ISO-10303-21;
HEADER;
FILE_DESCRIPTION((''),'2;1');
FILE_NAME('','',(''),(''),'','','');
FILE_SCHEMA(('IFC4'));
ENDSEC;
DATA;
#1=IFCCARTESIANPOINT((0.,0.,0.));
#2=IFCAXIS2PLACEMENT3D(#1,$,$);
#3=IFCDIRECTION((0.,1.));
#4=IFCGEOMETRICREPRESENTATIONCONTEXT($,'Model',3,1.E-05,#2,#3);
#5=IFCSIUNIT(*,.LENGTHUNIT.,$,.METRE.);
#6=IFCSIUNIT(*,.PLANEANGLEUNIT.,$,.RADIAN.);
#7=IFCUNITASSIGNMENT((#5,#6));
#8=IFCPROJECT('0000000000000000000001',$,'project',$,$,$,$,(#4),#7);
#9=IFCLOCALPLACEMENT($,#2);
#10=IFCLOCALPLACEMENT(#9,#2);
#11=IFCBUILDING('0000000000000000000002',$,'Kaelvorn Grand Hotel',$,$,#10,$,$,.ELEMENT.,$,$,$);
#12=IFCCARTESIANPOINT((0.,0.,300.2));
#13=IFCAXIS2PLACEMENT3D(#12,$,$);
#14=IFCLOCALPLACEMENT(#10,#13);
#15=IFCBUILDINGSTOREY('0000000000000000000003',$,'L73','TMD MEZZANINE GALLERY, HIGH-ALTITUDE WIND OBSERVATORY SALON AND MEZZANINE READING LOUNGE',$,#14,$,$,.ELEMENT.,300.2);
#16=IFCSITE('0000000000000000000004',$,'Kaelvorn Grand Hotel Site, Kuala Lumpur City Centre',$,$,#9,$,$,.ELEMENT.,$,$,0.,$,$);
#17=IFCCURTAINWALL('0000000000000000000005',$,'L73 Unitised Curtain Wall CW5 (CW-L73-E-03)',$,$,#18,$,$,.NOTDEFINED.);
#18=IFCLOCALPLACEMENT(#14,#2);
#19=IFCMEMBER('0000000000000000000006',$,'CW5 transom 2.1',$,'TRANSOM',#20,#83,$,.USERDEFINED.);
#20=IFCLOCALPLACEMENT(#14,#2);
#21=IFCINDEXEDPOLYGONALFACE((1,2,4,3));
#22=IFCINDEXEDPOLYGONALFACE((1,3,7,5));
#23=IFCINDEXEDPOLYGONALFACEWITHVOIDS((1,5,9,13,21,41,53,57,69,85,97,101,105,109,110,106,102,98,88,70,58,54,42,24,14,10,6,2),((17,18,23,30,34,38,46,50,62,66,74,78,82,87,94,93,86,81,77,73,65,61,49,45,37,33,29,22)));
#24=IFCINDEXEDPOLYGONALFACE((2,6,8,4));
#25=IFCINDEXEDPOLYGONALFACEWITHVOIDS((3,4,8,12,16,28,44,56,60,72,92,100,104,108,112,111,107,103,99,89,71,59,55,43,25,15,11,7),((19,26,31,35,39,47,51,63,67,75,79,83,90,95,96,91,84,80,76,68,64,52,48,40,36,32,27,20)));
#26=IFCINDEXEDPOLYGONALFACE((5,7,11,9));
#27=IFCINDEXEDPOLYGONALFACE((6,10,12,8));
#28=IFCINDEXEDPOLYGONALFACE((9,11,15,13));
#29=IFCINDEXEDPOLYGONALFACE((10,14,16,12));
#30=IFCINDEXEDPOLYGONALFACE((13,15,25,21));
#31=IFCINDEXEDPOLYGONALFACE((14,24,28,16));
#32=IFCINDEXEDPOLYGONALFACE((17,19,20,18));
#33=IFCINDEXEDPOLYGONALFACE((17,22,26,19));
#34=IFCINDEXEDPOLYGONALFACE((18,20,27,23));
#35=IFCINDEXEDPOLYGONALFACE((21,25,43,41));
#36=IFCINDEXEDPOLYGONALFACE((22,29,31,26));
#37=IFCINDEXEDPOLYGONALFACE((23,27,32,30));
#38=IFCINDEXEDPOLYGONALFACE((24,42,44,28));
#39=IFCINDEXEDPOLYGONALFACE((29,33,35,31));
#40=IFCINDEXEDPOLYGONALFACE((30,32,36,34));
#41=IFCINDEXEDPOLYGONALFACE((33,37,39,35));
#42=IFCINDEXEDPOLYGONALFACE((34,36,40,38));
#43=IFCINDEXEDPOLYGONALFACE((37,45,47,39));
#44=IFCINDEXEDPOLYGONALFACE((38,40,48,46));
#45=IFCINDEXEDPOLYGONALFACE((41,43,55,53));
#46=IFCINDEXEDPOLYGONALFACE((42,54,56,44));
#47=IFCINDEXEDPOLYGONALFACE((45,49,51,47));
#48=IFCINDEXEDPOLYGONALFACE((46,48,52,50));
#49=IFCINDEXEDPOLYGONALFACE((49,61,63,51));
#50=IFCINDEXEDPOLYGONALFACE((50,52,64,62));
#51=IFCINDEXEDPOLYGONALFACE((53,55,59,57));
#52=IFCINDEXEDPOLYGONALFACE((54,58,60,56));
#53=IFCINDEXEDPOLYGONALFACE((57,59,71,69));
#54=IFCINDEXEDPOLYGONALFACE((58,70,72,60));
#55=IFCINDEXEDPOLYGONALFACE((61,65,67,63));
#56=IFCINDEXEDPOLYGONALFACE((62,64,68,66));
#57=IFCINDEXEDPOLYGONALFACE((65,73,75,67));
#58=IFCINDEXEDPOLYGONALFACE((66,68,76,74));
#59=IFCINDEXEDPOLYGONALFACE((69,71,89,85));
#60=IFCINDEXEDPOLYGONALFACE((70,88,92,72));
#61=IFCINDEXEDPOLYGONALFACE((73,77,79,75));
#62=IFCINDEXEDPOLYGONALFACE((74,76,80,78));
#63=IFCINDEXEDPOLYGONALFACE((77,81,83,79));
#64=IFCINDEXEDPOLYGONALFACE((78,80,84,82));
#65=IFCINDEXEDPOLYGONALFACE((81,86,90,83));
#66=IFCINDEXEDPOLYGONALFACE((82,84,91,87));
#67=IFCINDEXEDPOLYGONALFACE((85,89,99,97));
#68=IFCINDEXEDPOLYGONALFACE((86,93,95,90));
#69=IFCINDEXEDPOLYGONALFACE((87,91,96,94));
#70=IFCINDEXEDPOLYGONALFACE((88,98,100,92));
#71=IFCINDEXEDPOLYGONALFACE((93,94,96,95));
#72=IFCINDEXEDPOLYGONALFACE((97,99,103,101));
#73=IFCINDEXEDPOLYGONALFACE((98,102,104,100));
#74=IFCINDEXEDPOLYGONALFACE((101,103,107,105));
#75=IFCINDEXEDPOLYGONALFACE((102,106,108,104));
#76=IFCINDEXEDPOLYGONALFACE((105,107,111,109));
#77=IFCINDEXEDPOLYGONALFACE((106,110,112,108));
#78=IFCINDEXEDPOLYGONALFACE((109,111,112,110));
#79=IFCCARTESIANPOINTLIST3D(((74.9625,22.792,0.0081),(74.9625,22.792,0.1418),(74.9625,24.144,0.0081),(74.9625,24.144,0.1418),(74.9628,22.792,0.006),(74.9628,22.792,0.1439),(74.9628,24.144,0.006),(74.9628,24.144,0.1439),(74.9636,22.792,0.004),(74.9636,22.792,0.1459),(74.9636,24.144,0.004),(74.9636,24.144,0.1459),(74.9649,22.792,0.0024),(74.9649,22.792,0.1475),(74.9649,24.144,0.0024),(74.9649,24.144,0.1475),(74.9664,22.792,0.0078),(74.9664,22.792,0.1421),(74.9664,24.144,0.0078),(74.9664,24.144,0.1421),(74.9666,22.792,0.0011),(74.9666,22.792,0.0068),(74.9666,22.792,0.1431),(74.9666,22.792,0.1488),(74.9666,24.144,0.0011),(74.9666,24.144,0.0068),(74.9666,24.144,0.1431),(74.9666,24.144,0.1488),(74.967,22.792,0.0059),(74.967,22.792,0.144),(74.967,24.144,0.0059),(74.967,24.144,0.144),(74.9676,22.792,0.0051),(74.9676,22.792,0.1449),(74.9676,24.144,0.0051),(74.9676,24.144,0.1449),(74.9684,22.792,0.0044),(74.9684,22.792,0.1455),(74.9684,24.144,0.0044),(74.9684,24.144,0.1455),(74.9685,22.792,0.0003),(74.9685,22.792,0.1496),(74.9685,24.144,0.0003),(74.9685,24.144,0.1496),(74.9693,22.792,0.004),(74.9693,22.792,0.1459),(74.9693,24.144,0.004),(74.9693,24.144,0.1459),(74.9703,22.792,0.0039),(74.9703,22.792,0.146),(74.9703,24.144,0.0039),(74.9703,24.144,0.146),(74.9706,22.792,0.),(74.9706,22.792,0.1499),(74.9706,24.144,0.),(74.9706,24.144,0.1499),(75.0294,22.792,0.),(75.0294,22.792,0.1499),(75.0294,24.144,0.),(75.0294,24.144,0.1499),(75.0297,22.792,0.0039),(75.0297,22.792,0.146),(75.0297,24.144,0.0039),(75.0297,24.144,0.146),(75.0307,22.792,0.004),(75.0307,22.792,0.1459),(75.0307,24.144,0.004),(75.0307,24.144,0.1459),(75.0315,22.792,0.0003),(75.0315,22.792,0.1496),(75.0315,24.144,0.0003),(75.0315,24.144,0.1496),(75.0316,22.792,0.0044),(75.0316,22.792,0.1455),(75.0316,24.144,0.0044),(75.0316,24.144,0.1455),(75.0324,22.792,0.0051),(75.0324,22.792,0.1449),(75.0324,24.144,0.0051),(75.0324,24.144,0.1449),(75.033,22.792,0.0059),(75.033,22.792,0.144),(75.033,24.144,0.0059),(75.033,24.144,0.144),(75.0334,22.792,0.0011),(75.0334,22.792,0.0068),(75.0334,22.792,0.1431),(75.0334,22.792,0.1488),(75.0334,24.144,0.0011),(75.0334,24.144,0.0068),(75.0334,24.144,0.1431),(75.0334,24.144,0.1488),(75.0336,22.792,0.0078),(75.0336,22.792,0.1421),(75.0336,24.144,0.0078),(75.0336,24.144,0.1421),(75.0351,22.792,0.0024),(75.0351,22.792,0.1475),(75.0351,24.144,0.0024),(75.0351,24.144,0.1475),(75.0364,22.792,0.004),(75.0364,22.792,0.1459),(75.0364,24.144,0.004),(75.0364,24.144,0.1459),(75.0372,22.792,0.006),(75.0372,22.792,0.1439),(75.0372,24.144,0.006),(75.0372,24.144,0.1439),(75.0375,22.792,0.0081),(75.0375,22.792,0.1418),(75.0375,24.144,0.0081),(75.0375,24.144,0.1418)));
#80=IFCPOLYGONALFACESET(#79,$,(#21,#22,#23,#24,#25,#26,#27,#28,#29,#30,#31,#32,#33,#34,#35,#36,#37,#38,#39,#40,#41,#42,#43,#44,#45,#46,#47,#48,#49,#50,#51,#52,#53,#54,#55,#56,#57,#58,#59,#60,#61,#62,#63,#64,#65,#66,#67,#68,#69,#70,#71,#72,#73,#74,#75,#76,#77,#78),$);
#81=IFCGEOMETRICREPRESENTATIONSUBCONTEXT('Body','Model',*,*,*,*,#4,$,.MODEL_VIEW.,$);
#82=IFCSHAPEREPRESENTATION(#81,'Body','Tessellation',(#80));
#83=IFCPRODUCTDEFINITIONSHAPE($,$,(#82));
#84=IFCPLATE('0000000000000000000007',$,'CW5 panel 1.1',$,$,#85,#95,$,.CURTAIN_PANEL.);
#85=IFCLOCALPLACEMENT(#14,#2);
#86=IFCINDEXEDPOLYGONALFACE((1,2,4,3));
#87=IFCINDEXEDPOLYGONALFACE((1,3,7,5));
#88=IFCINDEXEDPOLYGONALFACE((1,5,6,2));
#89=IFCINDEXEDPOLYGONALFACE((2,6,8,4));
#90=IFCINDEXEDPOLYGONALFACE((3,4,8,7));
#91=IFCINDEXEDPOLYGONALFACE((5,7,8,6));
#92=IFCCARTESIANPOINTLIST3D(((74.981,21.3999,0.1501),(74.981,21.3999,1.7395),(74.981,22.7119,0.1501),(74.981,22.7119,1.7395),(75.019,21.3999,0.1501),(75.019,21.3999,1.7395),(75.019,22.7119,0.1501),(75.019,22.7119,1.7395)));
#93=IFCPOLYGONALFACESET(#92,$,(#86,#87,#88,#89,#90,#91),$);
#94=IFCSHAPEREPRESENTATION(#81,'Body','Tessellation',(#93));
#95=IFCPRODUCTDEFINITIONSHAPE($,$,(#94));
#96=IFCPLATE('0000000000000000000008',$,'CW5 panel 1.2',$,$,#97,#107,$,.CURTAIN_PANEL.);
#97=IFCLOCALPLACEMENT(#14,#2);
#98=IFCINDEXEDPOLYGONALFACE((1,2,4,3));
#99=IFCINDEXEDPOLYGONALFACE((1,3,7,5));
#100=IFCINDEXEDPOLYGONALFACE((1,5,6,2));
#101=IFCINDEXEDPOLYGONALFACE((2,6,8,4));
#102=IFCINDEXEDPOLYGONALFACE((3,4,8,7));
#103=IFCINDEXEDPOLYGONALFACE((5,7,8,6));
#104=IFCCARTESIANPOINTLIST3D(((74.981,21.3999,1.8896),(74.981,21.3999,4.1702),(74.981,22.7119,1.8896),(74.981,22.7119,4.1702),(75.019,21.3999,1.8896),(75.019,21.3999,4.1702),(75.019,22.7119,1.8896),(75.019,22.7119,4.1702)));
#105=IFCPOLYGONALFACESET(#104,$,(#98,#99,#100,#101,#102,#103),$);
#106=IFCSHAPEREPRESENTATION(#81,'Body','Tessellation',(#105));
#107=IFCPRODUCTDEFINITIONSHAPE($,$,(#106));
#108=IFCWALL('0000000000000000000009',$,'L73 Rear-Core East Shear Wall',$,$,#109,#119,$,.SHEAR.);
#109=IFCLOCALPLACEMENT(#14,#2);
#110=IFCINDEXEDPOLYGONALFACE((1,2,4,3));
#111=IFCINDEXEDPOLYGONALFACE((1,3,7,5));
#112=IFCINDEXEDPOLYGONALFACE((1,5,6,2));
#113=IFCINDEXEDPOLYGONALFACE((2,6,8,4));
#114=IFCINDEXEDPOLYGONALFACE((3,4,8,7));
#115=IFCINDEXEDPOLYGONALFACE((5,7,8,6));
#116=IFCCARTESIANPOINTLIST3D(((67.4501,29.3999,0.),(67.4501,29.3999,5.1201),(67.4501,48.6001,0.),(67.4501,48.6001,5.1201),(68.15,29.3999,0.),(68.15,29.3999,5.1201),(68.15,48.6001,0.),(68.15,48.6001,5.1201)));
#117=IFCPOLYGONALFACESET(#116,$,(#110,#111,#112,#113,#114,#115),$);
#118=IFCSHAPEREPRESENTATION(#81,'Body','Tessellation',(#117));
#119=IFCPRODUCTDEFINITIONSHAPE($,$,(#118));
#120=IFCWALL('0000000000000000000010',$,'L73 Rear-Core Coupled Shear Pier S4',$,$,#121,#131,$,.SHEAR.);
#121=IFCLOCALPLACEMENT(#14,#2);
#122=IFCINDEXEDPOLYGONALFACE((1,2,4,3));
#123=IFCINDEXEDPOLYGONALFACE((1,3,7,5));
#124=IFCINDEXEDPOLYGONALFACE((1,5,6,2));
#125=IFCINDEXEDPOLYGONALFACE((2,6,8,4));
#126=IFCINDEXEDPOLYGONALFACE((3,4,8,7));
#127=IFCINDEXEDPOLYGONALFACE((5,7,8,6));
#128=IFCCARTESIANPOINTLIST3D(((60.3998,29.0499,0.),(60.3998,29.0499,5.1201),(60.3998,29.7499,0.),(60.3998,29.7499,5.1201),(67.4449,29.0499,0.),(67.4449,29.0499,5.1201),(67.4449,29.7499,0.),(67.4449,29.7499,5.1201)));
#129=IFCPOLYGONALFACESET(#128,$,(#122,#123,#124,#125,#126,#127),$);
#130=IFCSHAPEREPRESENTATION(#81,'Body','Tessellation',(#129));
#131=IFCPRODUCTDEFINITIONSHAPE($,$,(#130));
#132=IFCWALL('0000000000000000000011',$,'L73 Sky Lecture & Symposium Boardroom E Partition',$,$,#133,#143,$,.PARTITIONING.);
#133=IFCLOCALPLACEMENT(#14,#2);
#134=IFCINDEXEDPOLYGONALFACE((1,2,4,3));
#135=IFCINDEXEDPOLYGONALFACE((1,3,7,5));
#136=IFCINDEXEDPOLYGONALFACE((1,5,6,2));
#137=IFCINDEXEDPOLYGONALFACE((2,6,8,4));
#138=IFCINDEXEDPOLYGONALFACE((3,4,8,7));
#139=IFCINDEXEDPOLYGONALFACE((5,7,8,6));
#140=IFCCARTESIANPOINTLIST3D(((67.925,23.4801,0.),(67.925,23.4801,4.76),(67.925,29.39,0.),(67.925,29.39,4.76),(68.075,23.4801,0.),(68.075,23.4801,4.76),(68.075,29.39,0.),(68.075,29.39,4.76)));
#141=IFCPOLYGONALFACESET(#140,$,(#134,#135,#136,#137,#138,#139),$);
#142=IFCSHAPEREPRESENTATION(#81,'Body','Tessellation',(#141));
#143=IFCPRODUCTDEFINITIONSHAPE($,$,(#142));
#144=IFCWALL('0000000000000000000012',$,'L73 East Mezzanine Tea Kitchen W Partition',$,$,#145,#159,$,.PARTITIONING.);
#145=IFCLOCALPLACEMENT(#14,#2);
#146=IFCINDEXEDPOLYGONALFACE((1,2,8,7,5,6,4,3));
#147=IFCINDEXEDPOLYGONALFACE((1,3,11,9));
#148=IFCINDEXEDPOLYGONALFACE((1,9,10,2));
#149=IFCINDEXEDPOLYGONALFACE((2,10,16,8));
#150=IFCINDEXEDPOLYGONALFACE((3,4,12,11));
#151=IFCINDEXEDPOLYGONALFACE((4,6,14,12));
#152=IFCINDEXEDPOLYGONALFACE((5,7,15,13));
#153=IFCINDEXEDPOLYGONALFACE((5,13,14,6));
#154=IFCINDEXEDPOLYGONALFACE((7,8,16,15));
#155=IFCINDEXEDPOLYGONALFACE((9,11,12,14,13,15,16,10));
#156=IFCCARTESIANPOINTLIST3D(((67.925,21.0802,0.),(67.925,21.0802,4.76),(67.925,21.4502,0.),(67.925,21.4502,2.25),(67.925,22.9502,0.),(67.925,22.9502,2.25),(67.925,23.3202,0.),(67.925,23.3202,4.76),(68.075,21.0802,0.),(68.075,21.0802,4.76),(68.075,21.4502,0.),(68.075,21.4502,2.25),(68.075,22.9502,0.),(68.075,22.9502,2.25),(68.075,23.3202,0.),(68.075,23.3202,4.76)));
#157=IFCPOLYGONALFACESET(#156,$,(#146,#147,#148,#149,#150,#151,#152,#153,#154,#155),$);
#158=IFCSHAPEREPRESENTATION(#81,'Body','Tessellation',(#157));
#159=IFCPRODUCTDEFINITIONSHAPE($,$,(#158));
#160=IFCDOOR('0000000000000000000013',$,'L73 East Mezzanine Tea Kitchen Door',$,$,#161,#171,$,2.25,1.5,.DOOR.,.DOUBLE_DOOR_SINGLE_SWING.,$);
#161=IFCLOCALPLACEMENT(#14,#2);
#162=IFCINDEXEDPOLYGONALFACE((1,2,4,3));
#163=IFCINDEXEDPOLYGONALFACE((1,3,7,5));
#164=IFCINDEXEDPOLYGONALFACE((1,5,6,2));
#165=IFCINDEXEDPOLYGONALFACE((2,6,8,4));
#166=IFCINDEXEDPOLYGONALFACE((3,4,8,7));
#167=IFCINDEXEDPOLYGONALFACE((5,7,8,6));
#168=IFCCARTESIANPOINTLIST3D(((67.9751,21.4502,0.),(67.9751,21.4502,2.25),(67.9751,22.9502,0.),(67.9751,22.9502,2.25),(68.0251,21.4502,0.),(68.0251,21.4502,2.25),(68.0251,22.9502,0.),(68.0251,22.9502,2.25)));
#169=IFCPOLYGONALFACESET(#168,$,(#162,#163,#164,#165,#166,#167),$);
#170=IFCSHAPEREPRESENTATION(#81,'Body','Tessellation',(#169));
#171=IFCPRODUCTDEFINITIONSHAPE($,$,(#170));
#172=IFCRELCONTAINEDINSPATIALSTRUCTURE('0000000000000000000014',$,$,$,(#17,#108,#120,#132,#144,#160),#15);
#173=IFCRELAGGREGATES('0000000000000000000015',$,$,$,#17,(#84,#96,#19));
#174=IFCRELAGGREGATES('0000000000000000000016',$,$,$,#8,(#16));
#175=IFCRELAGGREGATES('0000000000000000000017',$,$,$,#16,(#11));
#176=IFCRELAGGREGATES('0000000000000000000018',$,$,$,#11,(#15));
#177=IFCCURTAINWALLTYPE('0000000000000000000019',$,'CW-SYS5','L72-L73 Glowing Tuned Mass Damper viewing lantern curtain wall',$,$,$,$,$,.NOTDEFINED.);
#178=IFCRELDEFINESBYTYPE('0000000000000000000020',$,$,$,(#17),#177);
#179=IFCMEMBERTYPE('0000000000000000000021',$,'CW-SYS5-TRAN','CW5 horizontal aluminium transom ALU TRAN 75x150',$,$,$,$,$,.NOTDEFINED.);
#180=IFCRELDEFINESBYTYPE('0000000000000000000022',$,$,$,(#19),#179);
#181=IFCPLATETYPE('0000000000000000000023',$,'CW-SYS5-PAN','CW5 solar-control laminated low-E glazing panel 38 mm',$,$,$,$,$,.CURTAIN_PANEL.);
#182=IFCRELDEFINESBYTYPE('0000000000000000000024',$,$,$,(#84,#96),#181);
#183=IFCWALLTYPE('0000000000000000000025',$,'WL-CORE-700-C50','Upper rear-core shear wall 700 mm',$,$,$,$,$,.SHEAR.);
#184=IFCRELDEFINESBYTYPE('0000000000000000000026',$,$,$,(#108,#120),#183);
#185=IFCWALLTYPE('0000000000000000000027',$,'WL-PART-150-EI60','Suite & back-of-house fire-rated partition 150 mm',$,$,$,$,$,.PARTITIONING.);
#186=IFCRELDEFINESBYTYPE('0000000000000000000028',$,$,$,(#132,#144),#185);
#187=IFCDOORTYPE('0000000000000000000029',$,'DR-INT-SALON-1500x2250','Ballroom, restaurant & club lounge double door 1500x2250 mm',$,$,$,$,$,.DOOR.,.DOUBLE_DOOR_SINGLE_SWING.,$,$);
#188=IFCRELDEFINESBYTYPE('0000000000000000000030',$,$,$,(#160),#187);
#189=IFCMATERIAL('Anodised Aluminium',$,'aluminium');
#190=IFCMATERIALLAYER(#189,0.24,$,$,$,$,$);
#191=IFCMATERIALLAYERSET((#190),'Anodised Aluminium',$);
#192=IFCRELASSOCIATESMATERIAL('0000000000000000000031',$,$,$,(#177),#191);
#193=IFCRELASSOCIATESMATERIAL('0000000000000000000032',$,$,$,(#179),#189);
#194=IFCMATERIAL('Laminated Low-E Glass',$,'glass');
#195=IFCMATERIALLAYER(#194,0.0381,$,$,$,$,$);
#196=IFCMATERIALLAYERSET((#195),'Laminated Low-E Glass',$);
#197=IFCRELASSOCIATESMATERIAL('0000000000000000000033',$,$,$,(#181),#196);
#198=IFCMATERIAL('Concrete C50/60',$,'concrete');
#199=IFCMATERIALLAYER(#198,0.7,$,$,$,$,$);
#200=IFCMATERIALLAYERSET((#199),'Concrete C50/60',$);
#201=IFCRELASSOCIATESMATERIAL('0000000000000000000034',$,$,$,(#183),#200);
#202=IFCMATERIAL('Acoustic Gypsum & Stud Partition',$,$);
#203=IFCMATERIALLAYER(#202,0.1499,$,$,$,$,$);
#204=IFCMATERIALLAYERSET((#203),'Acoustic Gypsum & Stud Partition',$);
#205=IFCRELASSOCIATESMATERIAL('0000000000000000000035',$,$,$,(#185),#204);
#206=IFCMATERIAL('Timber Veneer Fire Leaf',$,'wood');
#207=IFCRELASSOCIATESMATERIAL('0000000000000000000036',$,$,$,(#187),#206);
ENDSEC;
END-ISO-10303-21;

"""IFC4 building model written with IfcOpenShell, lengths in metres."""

from ifc_helpers import new_model, si_unit, direction, frame, frame_2d, origin, origin_2d, place, context, subcontext, project, spatial, rectangle, hollow_rectangle, extrude, material, layer, layer_set, material_profile, profile_set, type_object, element, fill, aggregate, save


model = new_model("IFC4")

# Units and contexts
model_context = context("Model", 3, precision=1e-05, world=origin(), true_north=direction((0.0, 1.0)))
body_context = subcontext(model_context, "Body", "Model", "MODEL_VIEW")
ifc_project = project(units=[si_unit("LENGTHUNIT", "METRE"), si_unit("PLANEANGLEUNIT", "RADIAN")], contexts=[model_context])

# Site, building, storey
site_placement = place(None, origin())
site = spatial("IfcSite", under=ifc_project, at=site_placement, Name="Kaelvorn Grand Hotel Site, Kuala Lumpur City Centre", CompositionType="ELEMENT", RefElevation=0.0)
building_placement = place(site_placement, origin())
building = spatial("IfcBuilding", under=site, at=building_placement, Name="Kaelvorn Grand Hotel", CompositionType="ELEMENT")
storey_placement = place(building_placement, frame((0.0, 0.0, 300.2)))
storey = spatial("IfcBuildingStorey", under=building, at=storey_placement, Name="L73", Description="TMD MEZZANINE GALLERY, HIGH-ALTITUDE WIND OBSERVATORY SALON AND MEZZANINE READING LOUNGE", CompositionType="ELEMENT", Elevation=300.2)

# Shared definitions
ifc_material_1 = material(Name="Concrete C50/60", Category="concrete")

# Curtain wall, member, plates
ifc_material_2 = material(Name="Anodised Aluminium", Category="aluminium")
ifc_layer_1 = layer(ifc_material_2, 0.24)
ifc_layer_set_1 = layer_set([ifc_layer_1], Name="Anodised Aluminium")
curtain_wall_type = type_object("IfcCurtainWallType", Name="CW-SYS5", Description="L72-L73 Glowing Tuned Mass Damper viewing lantern curtain wall", PredefinedType="NOTDEFINED", material=ifc_layer_set_1)
curtain_wall_placement = place(storey_placement, origin())
curtain_wall = element("IfcCurtainWall", 1, at=curtain_wall_placement, inside=storey, type_object=curtain_wall_type, Name="L73 Unitised Curtain Wall CW5 (CW-L73-E-03)", PredefinedType="NOTDEFINED")
ifc_material_profile_1 = material_profile(ifc_material_2, hollow_rectangle(XDim=0.075, YDim=0.1499, WallThickness=0.0039, InnerFilletRadius=0.0039, OuterFilletRadius=0.0081, at=origin_2d()), Name="ALU TRAN 75x150")
ifc_profile_set_1 = profile_set([ifc_material_profile_1], Name="Anodised Aluminium")
member_type_1 = type_object("IfcMemberType", Name="CW-SYS5-TRAN", Description="CW5 horizontal aluminium transom ALU TRAN 75x150", PredefinedType="NOTDEFINED", material=ifc_profile_set_1)
member_1_placement = place(storey_placement, frame((75.0, 22.792, 0.075), z_axis=(0.0, 1.0, 0.0), x_axis=(-1.0, 0.0, 0.0)))
member_1 = element("IfcMember", 2, at=member_1_placement, type_object=member_type_1, Name="CW5 transom 2.1", ObjectType="TRANSOM", PredefinedType="USERDEFINED", context=body_context, shape_type="SweptSolid", body=[
    extrude(hollow_rectangle(XDim=0.075, YDim=0.1499, WallThickness=0.0039, InnerFilletRadius=0.0039, OuterFilletRadius=0.0081, at=origin_2d()), origin(), (0.0, 0.0, 1.0), 1.3521),
])
ifc_material_3 = material(Name="Laminated Low-E Glass", Category="glass")
ifc_layer_2 = layer(ifc_material_3, 0.0381)
ifc_layer_set_2 = layer_set([ifc_layer_2], Name="Laminated Low-E Glass")
plate_type = type_object("IfcPlateType", Name="CW-SYS5-PAN", Description="CW5 solar-control laminated low-E glazing panel 38 mm", PredefinedType="CURTAIN_PANEL", material=ifc_layer_set_2)
plate_1_placement = place(storey_placement, frame((75.0, 22.0559, 0.1501), z_axis=(0.0, 0.0, 1.0), x_axis=(0.0, 1.0, 0.0)))
plate_1 = element("IfcPlate", 3, at=plate_1_placement, type_object=plate_type, Name="CW5 panel 1.1", PredefinedType="CURTAIN_PANEL", context=body_context, shape_type="SweptSolid", body=[
    extrude(rectangle(XDim=1.312, YDim=0.0381, at=origin_2d()), origin(), (0.0, 0.0, 1.0), 1.5894),
])
plate_2_placement = place(storey_placement, frame((75.0, 22.0559, 1.8896), z_axis=(0.0, 0.0, 1.0), x_axis=(0.0, 1.0, 0.0)))
plate_2 = element("IfcPlate", 4, at=plate_2_placement, type_object=plate_type, Name="CW5 panel 1.2", PredefinedType="CURTAIN_PANEL", context=body_context, shape_type="SweptSolid", body=[
    extrude(rectangle(XDim=1.312, YDim=0.0381, at=origin_2d()), origin(), (0.0, 0.0, 1.0), 2.2805),
])
aggregate(curtain_wall, [plate_1, plate_2, member_1])

# Walls
ifc_layer_3 = layer(ifc_material_1, 0.7)
ifc_layer_set_3 = layer_set([ifc_layer_3], Name="Concrete C50/60")
wall_type_1 = type_object("IfcWallType", Name="WL-CORE-700-C50", Description="Upper rear-core shear wall 700 mm", PredefinedType="SHEAR", material=ifc_layer_set_3)
wall_1_placement = place(storey_placement, frame((67.8, 29.3999, 0.0), z_axis=(0.0, 0.0, 1.0), x_axis=(0.0, 1.0, 0.0)))
element("IfcWall", 5, at=wall_1_placement, inside=storey, type_object=wall_type_1, Name="L73 Rear-Core East Shear Wall", PredefinedType="SHEAR", context=body_context, shape_type="SweptSolid", body=[
    extrude(rectangle(XDim=19.2002, YDim=0.7, at=frame_2d((9.6001, 0.0))), origin(), (0.0, 0.0, 1.0), 5.1201),
])
wall_2_placement = place(storey_placement, frame((60.3999, 29.3999, 0.0), z_axis=(0.0, 0.0, 1.0), x_axis=(1.0, 0.0, 0.0)))
element("IfcWall", 6, at=wall_2_placement, inside=storey, type_object=wall_type_1, Name="L73 Rear-Core Coupled Shear Pier S4", PredefinedType="SHEAR", context=body_context, shape_type="SweptSolid", body=[
    extrude(rectangle(XDim=7.0452, YDim=0.7, at=frame_2d((3.5225, 0.0))), origin(), (0.0, 0.0, 1.0), 5.1201),
])
ifc_material_4 = material(Name="Acoustic Gypsum & Stud Partition")
ifc_layer_4 = layer(ifc_material_4, 0.1499)
ifc_layer_set_4 = layer_set([ifc_layer_4], Name="Acoustic Gypsum & Stud Partition")
wall_type_2 = type_object("IfcWallType", Name="WL-PART-150-EI60", Description="Suite & back-of-house fire-rated partition 150 mm", PredefinedType="PARTITIONING", material=ifc_layer_set_4)
wall_3_placement = place(storey_placement, frame((68.0, 23.48, 0.0), z_axis=(0.0, 0.0, 1.0), x_axis=(0.0, 1.0, 0.0)))
element("IfcWall", 7, at=wall_3_placement, inside=storey, type_object=wall_type_2, Name="L73 Sky Lecture & Symposium Boardroom E Partition", PredefinedType="PARTITIONING", context=body_context, shape_type="SweptSolid", body=[
    extrude(rectangle(XDim=5.9099, YDim=0.1499, at=frame_2d((2.9551, 0.0))), origin(), (0.0, 0.0, 1.0), 4.76),
])

# Wall, opening, door
wall_4_placement = place(storey_placement, frame((68.0, 21.0801, 0.0), z_axis=(0.0, 0.0, 1.0), x_axis=(0.0, 1.0, 0.0)))
wall_4 = element("IfcWall", 8, at=wall_4_placement, inside=storey, type_object=wall_type_2, Name="L73 East Mezzanine Tea Kitchen W Partition", PredefinedType="PARTITIONING", context=body_context, shape_type="SweptSolid", body=[
    extrude(rectangle(XDim=2.24, YDim=0.1499, at=frame_2d((1.1201, 0.0))), origin(), (0.0, 0.0, 1.0), 4.76),
])
opening_1_placement = place(wall_4_placement, frame((0.3701, 0.0, 0.0)))
opening_1 = element("IfcOpeningElement", 9, at=opening_1_placement, cuts=wall_4, PredefinedType="OPENING", context=body_context, shape_type="SweptSolid", body=[
    extrude(rectangle(XDim=1.5, YDim=2.25, at=frame_2d((0.75, 1.125))), frame((0.0, 0.085, 0.0), z_axis=(0.0, -1.0, 0.0), x_axis=(1.0, 0.0, 0.0)), (0.0, 0.0, 1.0), 0.1699),
])
ifc_material_5 = material(Name="Timber Veneer Fire Leaf", Category="wood")
door_type_1 = type_object("IfcDoorType", Name="DR-INT-SALON-1500x2250", Description="Ballroom, restaurant & club lounge double door 1500x2250 mm", OperationType="DOUBLE_DOOR_SINGLE_SWING", PredefinedType="DOOR", material=ifc_material_5)
door_1_placement = place(opening_1_placement, origin())
door_1 = element("IfcDoor", 10, at=door_1_placement, inside=storey, type_object=door_type_1, Name="L73 East Mezzanine Tea Kitchen Door", OperationType="DOUBLE_DOOR_SINGLE_SWING", OverallHeight=2.25, OverallWidth=1.5, PredefinedType="DOOR", context=body_context, shape_type="SweptSolid", body=[
    extrude(rectangle(XDim=1.5, YDim=2.25, at=frame_2d((0.75, 1.125))), frame((0.0, 0.0249, 0.0), z_axis=(0.0, -1.0, 0.0), x_axis=(1.0, 0.0, 0.0)), (0.0, 0.0, 1.0), 0.05),
])
fill(opening_1, door_1)

save(model, "model.ifc")
